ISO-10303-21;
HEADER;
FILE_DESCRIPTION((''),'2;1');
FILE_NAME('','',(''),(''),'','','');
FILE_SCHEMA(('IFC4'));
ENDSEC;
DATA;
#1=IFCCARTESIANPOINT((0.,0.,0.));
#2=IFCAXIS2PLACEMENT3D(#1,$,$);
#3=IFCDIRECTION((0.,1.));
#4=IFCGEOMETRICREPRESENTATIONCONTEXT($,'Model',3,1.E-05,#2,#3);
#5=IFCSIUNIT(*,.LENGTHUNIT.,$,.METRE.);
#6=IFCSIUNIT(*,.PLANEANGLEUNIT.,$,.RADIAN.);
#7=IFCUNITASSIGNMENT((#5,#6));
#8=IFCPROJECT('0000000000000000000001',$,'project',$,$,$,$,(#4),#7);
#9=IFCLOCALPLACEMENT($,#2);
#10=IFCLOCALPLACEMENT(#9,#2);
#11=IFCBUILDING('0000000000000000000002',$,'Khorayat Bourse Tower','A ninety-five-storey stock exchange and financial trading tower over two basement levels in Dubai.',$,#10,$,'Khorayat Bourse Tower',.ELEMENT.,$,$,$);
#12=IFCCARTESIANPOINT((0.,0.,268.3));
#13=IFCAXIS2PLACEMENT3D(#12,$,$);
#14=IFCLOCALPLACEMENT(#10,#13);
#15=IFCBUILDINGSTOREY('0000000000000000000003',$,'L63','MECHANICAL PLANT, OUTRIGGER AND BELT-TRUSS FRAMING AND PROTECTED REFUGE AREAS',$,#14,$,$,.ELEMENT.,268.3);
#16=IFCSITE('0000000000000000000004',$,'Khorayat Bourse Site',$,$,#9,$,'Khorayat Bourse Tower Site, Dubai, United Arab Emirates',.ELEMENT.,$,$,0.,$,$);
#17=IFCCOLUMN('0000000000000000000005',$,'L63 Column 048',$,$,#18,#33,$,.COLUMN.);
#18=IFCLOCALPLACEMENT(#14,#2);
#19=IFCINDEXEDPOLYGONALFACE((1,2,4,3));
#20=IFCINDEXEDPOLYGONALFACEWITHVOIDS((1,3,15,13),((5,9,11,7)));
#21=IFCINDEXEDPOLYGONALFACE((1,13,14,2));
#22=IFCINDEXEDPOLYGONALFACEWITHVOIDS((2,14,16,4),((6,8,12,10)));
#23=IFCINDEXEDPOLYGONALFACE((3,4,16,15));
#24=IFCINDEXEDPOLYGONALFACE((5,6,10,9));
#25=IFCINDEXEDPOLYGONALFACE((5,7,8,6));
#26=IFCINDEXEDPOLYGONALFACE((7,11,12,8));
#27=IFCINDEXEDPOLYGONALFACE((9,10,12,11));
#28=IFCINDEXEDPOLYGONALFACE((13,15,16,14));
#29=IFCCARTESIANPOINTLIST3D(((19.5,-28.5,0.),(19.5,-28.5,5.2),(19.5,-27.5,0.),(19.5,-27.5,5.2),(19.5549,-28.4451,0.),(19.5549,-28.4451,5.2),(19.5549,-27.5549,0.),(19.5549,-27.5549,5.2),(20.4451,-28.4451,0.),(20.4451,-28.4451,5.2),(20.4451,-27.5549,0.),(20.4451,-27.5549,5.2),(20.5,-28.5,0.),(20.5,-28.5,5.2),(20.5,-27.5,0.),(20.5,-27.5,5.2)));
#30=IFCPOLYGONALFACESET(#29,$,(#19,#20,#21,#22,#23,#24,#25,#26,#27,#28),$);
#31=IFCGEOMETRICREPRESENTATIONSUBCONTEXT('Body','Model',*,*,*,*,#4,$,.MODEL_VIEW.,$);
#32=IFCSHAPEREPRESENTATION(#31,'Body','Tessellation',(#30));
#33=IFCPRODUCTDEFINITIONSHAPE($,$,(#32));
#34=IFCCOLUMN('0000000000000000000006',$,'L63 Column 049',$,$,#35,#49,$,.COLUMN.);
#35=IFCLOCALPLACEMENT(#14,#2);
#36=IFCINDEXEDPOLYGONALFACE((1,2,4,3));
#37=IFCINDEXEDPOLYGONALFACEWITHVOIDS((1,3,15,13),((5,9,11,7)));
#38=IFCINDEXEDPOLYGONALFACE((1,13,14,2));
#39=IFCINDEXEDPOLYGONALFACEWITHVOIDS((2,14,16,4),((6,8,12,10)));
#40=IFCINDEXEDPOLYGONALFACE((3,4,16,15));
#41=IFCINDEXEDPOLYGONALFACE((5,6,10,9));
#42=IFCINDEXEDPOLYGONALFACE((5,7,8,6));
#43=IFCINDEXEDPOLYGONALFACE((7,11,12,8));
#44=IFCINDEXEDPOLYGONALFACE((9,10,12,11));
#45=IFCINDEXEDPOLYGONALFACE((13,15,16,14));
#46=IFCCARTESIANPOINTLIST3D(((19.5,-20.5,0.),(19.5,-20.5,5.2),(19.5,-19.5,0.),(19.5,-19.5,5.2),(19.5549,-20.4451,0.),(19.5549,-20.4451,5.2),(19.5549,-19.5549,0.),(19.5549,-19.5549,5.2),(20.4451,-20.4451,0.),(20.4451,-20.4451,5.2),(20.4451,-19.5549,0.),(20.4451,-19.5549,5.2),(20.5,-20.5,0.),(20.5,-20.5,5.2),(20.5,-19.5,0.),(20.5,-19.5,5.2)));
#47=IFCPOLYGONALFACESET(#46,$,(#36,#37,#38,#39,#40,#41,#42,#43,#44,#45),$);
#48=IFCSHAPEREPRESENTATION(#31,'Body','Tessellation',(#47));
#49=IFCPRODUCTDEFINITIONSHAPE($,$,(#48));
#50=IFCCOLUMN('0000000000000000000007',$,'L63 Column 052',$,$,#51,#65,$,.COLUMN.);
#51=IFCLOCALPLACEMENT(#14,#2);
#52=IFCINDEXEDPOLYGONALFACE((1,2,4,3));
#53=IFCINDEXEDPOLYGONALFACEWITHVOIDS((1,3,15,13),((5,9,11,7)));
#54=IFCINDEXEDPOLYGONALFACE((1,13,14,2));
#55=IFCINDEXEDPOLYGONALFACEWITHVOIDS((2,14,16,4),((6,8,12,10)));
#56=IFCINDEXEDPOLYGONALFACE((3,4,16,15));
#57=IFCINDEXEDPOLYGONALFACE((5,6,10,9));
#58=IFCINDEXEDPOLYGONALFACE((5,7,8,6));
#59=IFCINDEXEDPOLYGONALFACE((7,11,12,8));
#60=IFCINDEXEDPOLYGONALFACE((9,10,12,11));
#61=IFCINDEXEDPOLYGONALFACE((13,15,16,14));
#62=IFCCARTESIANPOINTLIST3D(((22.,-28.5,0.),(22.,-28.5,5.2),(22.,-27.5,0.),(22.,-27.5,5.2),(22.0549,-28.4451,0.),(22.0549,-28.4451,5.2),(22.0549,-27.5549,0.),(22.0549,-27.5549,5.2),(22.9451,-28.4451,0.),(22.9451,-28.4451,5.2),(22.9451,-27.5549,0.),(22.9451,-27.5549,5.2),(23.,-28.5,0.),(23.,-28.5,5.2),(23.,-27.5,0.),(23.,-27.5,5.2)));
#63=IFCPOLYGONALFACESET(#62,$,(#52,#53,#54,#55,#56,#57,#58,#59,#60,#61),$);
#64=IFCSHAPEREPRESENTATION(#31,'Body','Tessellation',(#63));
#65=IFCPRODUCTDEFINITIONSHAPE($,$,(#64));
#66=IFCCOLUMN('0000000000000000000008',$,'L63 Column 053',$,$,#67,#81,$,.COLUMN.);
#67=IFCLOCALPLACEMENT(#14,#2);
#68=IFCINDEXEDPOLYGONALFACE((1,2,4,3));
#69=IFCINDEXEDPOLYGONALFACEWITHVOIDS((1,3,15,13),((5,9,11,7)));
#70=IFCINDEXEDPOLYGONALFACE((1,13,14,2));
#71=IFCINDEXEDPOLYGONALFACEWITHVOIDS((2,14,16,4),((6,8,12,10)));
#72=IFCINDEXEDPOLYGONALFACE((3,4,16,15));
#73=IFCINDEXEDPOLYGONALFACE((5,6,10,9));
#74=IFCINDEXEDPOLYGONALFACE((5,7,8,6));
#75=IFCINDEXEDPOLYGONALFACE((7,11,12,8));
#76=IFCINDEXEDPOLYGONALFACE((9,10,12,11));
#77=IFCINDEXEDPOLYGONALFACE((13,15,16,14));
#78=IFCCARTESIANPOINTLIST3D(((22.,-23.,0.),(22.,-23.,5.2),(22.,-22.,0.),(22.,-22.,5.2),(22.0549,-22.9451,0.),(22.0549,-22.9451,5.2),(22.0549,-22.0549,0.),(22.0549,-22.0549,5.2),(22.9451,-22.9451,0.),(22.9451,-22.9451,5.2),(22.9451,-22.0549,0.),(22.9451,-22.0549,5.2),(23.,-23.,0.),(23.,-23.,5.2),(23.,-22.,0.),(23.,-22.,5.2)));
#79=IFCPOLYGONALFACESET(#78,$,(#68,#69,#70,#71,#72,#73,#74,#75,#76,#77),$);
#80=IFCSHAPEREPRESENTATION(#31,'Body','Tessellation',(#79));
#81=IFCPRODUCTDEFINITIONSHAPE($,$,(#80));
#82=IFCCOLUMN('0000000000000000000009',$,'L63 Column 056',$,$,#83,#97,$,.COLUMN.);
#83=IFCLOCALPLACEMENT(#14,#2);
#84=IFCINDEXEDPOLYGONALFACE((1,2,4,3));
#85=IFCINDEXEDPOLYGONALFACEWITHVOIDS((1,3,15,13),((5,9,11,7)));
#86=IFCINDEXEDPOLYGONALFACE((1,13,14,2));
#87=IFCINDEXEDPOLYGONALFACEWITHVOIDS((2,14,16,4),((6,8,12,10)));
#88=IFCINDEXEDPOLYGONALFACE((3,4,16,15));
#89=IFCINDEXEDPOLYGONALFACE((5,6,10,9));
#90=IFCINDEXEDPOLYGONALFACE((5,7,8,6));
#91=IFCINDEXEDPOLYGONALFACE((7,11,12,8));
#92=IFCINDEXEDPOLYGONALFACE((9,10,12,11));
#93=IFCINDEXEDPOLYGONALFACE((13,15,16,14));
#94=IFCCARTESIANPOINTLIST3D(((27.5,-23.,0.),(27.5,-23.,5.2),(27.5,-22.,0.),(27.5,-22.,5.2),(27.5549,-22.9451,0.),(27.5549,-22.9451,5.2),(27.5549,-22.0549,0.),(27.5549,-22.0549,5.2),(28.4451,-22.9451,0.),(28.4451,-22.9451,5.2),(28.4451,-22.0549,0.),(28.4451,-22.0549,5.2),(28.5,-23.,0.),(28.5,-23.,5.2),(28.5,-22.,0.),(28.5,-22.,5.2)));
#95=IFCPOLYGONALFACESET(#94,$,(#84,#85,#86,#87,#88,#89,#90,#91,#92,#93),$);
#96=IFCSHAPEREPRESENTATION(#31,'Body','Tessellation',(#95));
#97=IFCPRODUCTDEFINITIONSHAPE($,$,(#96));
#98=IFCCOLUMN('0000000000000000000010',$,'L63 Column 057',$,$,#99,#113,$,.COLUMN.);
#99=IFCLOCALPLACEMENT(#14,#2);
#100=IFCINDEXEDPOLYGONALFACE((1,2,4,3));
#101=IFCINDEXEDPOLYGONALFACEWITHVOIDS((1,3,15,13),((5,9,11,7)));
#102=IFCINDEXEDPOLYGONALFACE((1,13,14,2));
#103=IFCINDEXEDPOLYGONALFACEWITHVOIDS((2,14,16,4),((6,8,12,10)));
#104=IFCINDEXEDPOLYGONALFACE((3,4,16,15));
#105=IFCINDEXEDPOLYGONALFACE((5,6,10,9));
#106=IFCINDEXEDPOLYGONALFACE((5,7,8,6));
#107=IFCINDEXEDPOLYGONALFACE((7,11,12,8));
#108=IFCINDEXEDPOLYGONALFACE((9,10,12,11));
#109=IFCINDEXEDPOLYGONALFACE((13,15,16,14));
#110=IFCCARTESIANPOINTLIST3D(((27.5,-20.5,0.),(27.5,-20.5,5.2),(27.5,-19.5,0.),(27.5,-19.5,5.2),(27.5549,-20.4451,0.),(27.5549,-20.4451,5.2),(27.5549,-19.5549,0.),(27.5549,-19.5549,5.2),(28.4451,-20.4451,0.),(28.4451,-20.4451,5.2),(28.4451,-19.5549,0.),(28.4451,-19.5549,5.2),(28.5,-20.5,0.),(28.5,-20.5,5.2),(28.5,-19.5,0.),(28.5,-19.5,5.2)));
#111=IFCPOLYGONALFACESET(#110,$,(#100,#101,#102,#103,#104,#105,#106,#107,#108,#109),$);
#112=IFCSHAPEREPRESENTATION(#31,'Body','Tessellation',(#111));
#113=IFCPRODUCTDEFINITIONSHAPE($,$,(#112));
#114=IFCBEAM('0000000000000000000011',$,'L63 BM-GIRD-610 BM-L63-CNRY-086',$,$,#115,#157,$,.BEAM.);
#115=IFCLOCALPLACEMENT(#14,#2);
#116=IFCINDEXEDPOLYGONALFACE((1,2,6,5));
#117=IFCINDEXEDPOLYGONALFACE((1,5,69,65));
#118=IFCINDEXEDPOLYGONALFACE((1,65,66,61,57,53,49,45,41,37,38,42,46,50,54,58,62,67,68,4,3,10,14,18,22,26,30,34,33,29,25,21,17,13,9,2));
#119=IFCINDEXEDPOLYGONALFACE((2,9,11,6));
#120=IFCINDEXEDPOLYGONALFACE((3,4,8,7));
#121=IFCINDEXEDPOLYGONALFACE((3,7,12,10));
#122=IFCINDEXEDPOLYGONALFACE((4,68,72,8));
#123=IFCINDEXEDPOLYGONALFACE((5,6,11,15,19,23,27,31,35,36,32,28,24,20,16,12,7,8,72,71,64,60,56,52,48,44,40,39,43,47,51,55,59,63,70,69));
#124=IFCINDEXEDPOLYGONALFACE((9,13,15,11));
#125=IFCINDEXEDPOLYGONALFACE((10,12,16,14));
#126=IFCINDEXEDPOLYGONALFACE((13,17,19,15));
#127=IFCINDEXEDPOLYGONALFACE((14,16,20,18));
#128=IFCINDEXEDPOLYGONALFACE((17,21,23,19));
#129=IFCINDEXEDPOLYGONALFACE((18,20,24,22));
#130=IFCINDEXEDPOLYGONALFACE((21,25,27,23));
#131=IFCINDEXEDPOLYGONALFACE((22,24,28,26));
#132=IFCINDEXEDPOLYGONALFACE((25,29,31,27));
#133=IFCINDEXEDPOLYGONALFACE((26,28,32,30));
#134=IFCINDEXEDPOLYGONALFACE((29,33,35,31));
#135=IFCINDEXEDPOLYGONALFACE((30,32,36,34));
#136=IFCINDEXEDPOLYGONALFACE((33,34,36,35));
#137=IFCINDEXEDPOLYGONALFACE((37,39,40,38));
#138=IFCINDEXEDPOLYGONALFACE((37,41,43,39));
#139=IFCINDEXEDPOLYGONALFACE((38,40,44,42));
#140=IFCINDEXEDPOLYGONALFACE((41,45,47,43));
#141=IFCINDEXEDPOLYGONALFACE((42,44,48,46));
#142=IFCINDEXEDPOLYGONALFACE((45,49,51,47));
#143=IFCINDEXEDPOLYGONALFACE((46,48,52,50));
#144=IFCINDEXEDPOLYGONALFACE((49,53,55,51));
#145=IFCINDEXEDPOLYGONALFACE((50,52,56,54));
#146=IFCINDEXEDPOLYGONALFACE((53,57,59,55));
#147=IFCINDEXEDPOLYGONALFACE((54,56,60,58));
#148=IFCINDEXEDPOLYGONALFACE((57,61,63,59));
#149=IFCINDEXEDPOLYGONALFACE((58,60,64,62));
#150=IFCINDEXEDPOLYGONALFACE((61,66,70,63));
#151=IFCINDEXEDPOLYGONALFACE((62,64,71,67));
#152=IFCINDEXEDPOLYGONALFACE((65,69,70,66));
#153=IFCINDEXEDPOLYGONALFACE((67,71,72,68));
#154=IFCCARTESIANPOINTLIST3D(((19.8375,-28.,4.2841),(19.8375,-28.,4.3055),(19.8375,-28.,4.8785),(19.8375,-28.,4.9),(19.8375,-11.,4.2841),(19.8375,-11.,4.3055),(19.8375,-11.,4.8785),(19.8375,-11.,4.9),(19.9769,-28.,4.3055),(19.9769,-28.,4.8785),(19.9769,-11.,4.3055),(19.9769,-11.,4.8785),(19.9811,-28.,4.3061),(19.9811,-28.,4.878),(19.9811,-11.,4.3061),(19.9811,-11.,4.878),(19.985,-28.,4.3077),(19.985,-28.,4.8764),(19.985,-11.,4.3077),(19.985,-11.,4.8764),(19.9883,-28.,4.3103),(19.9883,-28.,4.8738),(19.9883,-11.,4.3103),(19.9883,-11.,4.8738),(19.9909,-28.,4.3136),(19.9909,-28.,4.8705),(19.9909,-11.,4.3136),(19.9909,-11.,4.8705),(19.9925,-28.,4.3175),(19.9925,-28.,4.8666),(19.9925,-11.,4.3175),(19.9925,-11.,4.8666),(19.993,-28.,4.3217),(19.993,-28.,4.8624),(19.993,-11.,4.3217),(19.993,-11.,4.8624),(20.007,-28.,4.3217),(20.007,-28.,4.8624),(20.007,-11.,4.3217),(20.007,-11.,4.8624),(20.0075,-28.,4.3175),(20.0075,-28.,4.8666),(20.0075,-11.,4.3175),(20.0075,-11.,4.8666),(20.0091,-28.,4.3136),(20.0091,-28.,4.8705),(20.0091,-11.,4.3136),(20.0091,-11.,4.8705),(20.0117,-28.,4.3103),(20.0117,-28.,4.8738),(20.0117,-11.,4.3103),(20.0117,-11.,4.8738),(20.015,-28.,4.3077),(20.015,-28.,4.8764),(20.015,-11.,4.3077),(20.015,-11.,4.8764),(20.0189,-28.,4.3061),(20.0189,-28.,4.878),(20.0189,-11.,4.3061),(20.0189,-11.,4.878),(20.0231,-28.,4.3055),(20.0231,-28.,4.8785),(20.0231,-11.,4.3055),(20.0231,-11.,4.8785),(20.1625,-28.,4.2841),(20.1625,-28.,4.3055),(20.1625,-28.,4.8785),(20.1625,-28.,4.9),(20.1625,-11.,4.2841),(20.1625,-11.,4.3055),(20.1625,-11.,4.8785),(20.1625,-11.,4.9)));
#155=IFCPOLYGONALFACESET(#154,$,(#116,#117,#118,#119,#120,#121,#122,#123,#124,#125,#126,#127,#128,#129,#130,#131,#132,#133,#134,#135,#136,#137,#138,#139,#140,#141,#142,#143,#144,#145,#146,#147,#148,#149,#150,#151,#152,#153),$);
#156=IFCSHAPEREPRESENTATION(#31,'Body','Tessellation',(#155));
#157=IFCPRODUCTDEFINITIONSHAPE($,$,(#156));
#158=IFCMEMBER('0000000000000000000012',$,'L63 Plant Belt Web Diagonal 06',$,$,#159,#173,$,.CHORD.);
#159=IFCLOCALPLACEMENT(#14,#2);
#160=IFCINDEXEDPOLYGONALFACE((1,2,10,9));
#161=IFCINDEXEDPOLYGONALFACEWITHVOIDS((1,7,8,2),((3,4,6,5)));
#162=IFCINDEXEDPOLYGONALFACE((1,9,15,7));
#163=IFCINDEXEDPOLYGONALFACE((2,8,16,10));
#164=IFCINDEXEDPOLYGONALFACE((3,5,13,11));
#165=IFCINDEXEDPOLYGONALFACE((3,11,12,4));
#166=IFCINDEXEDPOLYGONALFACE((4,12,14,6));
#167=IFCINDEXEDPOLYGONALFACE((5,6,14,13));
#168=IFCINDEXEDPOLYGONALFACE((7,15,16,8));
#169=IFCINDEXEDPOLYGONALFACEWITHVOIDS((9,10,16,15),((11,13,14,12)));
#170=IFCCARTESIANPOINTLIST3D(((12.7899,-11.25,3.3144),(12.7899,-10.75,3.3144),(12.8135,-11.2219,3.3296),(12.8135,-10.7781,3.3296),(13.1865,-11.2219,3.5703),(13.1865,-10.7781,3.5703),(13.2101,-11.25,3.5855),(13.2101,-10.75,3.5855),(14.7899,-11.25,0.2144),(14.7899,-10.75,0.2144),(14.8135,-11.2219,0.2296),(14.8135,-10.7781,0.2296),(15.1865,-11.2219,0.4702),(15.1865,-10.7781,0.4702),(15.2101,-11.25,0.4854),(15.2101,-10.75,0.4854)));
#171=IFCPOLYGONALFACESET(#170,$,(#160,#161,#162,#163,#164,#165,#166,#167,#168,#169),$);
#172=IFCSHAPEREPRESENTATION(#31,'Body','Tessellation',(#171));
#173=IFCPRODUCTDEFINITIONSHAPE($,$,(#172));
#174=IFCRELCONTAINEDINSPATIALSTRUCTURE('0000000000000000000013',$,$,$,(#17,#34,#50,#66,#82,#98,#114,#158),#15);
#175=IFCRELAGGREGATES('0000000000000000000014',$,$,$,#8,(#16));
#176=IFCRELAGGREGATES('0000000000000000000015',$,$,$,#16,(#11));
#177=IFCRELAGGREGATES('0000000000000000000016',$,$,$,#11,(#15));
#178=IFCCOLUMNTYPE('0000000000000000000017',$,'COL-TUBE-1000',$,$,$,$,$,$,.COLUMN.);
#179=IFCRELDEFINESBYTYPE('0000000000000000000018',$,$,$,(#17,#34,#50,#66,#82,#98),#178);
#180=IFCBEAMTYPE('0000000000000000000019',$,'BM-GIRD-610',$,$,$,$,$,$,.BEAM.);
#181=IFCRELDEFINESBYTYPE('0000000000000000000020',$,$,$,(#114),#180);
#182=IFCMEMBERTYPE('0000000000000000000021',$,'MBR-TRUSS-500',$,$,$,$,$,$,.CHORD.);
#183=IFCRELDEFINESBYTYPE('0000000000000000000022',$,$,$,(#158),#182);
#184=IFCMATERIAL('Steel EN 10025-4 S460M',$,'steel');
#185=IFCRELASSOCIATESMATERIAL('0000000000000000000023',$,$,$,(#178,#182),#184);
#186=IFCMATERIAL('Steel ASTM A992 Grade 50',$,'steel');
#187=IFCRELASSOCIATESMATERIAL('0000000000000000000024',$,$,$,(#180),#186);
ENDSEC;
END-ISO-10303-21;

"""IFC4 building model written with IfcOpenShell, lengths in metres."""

from ifc_helpers import new_model, si_unit, direction, frame, origin, origin_2d, place, context, subcontext, project, spatial, hollow_rectangle, i_section, extrude, source, transform, mapped, material, material_profile, profile_set, type_object, element, save


model = new_model("IFC4")

# Units and contexts
model_context = context("Model", 3, precision=1e-05, world=origin(), true_north=direction((0.0, 1.0)))
body_context = subcontext(model_context, "Body", "Model", "MODEL_VIEW")
ifc_project = project(units=[si_unit("LENGTHUNIT", "METRE"), si_unit("PLANEANGLEUNIT", "RADIAN")], contexts=[model_context])

# Site, building, storey
site_placement = place(None, origin())
site = spatial("IfcSite", under=ifc_project, at=site_placement, Name="Khorayat Bourse Site", LongName="Khorayat Bourse Tower Site, Dubai, United Arab Emirates", CompositionType="ELEMENT", RefElevation=0.0)
building_placement = place(site_placement, origin())
building = spatial("IfcBuilding", under=site, at=building_placement, Name="Khorayat Bourse Tower", Description="A ninety-five-storey stock exchange and financial trading tower over two basement levels in Dubai.", LongName="Khorayat Bourse Tower", CompositionType="ELEMENT")
storey_placement = place(building_placement, frame((0.0, 0.0, 268.3)))
storey = spatial("IfcBuildingStorey", under=building, at=storey_placement, Name="L63", Description="MECHANICAL PLANT, OUTRIGGER AND BELT-TRUSS FRAMING AND PROTECTED REFUGE AREAS", CompositionType="ELEMENT", Elevation=268.3)

# Columns
ifc_material_1 = material(Name="Steel EN 10025-4 S460M", Category="steel")
ifc_material_profile_1 = material_profile(ifc_material_1, hollow_rectangle(XDim=1.0, YDim=1.0, WallThickness=0.0549, at=origin_2d()), Name="BOX 1000x1000x55")
ifc_profile_set_1 = profile_set([ifc_material_profile_1], Name="Steel EN 10025-4 S460M")
column_type = type_object("IfcColumnType", Name="COL-TUBE-1000", PredefinedType="COLUMN", material=ifc_profile_set_1)
shared_shape_1 = source(origin(), body_context, "Body", "SweptSolid", [
    extrude(hollow_rectangle(XDim=1.0, YDim=1.0, WallThickness=0.0549, at=origin_2d()), origin(), (0.0, 0.0, 1.0), 5.2),
])
for number, where, z_axis, x_axis, name in (
    (1, (20.0, -28.0, 0.0), (0.0, 0.0, 1.0), (1.0, 0.0, 0.0), "L63 Column 048"),
    (2, (20.0, -20.0, 0.0), (0.0, 0.0, 1.0), (1.0, 0.0, 0.0), "L63 Column 049"),
    (3, (22.5, -28.0, 0.0), (0.0, 0.0, 1.0), (1.0, 0.0, 0.0), "L63 Column 052"),
    (4, (22.5, -22.5, 0.0), (0.0, 0.0, 1.0), (1.0, 0.0, 0.0), "L63 Column 053"),
    (5, (28.0, -22.5, 0.0), (0.0, 0.0, 1.0), (1.0, 0.0, 0.0), "L63 Column 056"),
    (6, (28.0, -20.0, 0.0), (0.0, 0.0, 1.0), (1.0, 0.0, 0.0), "L63 Column 057"),
):
    element("IfcColumn", number, at=place(storey_placement, frame(where, z_axis=z_axis, x_axis=x_axis)), inside=storey, type_object=column_type, Name=name, PredefinedType="COLUMN", context=body_context, shape_type="MappedRepresentation", body=[
        mapped(shared_shape_1, transform((0.0, 0.0, 0.0), scale=1.0)),
    ])

# Beam
ifc_material_2 = material(Name="Steel ASTM A992 Grade 50", Category="steel")
ifc_material_profile_2 = material_profile(ifc_material_2, i_section(OverallWidth=0.325, OverallDepth=0.616, WebThickness=0.0139, FlangeThickness=0.0215, FilletRadius=0.0161, at=origin_2d()), Name="W610X174")
ifc_profile_set_2 = profile_set([ifc_material_profile_2], Name="Steel ASTM A992 Grade 50")
beam_type_1 = type_object("IfcBeamType", Name="BM-GIRD-610", PredefinedType="BEAM", material=ifc_profile_set_2)
shared_shape_2 = source(origin(), body_context, "Body", "SweptSolid", [
    extrude(i_section(OverallWidth=0.325, OverallDepth=0.616, WebThickness=0.0139, FlangeThickness=0.0215, FilletRadius=0.0161, at=origin_2d()), origin(), (0.0, 0.0, 1.0), 17.0),
])
beam_1_placement = place(storey_placement, frame((20.0, -28.0, 4.592), z_axis=(0.0, 1.0, 0.0), x_axis=(-1.0, 0.0, 0.0)))
element("IfcBeam", 7, at=beam_1_placement, inside=storey, type_object=beam_type_1, Name="L63 BM-GIRD-610 BM-L63-CNRY-086", PredefinedType="BEAM", context=body_context, shape_type="MappedRepresentation", body=[
    mapped(shared_shape_2, transform((0.0, 0.0, 0.0), scale=1.0)),
])

# Member
ifc_material_profile_3 = material_profile(ifc_material_1, hollow_rectangle(XDim=0.5, YDim=0.5, WallThickness=0.0281, at=origin_2d()), Name="HSS 500x500x28")
ifc_profile_set_3 = profile_set([ifc_material_profile_3], Name="Steel EN 10025-4 S460M")
member_type_1 = type_object("IfcMemberType", Name="MBR-TRUSS-500", PredefinedType="CHORD", material=ifc_profile_set_3)
shared_shape_3 = source(origin(), body_context, "Body", "SweptSolid", [
    extrude(hollow_rectangle(XDim=0.5, YDim=0.5, WallThickness=0.0281, at=origin_2d()), origin(), (0.0, 0.0, 1.0), 3.6892),
])
member_1_placement = place(storey_placement, frame((13.0, -11.0, 3.45), z_axis=(0.542115, 0.0, -0.840304), x_axis=(0.0, 1.0, 0.0)))
element("IfcMember", 8, at=member_1_placement, inside=storey, type_object=member_type_1, Name="L63 Plant Belt Web Diagonal 06", PredefinedType="CHORD", context=body_context, shape_type="MappedRepresentation", body=[
    mapped(shared_shape_3, transform((0.0, 0.0, 0.0), scale=1.0)),
])

save(model, "model.ifc")
